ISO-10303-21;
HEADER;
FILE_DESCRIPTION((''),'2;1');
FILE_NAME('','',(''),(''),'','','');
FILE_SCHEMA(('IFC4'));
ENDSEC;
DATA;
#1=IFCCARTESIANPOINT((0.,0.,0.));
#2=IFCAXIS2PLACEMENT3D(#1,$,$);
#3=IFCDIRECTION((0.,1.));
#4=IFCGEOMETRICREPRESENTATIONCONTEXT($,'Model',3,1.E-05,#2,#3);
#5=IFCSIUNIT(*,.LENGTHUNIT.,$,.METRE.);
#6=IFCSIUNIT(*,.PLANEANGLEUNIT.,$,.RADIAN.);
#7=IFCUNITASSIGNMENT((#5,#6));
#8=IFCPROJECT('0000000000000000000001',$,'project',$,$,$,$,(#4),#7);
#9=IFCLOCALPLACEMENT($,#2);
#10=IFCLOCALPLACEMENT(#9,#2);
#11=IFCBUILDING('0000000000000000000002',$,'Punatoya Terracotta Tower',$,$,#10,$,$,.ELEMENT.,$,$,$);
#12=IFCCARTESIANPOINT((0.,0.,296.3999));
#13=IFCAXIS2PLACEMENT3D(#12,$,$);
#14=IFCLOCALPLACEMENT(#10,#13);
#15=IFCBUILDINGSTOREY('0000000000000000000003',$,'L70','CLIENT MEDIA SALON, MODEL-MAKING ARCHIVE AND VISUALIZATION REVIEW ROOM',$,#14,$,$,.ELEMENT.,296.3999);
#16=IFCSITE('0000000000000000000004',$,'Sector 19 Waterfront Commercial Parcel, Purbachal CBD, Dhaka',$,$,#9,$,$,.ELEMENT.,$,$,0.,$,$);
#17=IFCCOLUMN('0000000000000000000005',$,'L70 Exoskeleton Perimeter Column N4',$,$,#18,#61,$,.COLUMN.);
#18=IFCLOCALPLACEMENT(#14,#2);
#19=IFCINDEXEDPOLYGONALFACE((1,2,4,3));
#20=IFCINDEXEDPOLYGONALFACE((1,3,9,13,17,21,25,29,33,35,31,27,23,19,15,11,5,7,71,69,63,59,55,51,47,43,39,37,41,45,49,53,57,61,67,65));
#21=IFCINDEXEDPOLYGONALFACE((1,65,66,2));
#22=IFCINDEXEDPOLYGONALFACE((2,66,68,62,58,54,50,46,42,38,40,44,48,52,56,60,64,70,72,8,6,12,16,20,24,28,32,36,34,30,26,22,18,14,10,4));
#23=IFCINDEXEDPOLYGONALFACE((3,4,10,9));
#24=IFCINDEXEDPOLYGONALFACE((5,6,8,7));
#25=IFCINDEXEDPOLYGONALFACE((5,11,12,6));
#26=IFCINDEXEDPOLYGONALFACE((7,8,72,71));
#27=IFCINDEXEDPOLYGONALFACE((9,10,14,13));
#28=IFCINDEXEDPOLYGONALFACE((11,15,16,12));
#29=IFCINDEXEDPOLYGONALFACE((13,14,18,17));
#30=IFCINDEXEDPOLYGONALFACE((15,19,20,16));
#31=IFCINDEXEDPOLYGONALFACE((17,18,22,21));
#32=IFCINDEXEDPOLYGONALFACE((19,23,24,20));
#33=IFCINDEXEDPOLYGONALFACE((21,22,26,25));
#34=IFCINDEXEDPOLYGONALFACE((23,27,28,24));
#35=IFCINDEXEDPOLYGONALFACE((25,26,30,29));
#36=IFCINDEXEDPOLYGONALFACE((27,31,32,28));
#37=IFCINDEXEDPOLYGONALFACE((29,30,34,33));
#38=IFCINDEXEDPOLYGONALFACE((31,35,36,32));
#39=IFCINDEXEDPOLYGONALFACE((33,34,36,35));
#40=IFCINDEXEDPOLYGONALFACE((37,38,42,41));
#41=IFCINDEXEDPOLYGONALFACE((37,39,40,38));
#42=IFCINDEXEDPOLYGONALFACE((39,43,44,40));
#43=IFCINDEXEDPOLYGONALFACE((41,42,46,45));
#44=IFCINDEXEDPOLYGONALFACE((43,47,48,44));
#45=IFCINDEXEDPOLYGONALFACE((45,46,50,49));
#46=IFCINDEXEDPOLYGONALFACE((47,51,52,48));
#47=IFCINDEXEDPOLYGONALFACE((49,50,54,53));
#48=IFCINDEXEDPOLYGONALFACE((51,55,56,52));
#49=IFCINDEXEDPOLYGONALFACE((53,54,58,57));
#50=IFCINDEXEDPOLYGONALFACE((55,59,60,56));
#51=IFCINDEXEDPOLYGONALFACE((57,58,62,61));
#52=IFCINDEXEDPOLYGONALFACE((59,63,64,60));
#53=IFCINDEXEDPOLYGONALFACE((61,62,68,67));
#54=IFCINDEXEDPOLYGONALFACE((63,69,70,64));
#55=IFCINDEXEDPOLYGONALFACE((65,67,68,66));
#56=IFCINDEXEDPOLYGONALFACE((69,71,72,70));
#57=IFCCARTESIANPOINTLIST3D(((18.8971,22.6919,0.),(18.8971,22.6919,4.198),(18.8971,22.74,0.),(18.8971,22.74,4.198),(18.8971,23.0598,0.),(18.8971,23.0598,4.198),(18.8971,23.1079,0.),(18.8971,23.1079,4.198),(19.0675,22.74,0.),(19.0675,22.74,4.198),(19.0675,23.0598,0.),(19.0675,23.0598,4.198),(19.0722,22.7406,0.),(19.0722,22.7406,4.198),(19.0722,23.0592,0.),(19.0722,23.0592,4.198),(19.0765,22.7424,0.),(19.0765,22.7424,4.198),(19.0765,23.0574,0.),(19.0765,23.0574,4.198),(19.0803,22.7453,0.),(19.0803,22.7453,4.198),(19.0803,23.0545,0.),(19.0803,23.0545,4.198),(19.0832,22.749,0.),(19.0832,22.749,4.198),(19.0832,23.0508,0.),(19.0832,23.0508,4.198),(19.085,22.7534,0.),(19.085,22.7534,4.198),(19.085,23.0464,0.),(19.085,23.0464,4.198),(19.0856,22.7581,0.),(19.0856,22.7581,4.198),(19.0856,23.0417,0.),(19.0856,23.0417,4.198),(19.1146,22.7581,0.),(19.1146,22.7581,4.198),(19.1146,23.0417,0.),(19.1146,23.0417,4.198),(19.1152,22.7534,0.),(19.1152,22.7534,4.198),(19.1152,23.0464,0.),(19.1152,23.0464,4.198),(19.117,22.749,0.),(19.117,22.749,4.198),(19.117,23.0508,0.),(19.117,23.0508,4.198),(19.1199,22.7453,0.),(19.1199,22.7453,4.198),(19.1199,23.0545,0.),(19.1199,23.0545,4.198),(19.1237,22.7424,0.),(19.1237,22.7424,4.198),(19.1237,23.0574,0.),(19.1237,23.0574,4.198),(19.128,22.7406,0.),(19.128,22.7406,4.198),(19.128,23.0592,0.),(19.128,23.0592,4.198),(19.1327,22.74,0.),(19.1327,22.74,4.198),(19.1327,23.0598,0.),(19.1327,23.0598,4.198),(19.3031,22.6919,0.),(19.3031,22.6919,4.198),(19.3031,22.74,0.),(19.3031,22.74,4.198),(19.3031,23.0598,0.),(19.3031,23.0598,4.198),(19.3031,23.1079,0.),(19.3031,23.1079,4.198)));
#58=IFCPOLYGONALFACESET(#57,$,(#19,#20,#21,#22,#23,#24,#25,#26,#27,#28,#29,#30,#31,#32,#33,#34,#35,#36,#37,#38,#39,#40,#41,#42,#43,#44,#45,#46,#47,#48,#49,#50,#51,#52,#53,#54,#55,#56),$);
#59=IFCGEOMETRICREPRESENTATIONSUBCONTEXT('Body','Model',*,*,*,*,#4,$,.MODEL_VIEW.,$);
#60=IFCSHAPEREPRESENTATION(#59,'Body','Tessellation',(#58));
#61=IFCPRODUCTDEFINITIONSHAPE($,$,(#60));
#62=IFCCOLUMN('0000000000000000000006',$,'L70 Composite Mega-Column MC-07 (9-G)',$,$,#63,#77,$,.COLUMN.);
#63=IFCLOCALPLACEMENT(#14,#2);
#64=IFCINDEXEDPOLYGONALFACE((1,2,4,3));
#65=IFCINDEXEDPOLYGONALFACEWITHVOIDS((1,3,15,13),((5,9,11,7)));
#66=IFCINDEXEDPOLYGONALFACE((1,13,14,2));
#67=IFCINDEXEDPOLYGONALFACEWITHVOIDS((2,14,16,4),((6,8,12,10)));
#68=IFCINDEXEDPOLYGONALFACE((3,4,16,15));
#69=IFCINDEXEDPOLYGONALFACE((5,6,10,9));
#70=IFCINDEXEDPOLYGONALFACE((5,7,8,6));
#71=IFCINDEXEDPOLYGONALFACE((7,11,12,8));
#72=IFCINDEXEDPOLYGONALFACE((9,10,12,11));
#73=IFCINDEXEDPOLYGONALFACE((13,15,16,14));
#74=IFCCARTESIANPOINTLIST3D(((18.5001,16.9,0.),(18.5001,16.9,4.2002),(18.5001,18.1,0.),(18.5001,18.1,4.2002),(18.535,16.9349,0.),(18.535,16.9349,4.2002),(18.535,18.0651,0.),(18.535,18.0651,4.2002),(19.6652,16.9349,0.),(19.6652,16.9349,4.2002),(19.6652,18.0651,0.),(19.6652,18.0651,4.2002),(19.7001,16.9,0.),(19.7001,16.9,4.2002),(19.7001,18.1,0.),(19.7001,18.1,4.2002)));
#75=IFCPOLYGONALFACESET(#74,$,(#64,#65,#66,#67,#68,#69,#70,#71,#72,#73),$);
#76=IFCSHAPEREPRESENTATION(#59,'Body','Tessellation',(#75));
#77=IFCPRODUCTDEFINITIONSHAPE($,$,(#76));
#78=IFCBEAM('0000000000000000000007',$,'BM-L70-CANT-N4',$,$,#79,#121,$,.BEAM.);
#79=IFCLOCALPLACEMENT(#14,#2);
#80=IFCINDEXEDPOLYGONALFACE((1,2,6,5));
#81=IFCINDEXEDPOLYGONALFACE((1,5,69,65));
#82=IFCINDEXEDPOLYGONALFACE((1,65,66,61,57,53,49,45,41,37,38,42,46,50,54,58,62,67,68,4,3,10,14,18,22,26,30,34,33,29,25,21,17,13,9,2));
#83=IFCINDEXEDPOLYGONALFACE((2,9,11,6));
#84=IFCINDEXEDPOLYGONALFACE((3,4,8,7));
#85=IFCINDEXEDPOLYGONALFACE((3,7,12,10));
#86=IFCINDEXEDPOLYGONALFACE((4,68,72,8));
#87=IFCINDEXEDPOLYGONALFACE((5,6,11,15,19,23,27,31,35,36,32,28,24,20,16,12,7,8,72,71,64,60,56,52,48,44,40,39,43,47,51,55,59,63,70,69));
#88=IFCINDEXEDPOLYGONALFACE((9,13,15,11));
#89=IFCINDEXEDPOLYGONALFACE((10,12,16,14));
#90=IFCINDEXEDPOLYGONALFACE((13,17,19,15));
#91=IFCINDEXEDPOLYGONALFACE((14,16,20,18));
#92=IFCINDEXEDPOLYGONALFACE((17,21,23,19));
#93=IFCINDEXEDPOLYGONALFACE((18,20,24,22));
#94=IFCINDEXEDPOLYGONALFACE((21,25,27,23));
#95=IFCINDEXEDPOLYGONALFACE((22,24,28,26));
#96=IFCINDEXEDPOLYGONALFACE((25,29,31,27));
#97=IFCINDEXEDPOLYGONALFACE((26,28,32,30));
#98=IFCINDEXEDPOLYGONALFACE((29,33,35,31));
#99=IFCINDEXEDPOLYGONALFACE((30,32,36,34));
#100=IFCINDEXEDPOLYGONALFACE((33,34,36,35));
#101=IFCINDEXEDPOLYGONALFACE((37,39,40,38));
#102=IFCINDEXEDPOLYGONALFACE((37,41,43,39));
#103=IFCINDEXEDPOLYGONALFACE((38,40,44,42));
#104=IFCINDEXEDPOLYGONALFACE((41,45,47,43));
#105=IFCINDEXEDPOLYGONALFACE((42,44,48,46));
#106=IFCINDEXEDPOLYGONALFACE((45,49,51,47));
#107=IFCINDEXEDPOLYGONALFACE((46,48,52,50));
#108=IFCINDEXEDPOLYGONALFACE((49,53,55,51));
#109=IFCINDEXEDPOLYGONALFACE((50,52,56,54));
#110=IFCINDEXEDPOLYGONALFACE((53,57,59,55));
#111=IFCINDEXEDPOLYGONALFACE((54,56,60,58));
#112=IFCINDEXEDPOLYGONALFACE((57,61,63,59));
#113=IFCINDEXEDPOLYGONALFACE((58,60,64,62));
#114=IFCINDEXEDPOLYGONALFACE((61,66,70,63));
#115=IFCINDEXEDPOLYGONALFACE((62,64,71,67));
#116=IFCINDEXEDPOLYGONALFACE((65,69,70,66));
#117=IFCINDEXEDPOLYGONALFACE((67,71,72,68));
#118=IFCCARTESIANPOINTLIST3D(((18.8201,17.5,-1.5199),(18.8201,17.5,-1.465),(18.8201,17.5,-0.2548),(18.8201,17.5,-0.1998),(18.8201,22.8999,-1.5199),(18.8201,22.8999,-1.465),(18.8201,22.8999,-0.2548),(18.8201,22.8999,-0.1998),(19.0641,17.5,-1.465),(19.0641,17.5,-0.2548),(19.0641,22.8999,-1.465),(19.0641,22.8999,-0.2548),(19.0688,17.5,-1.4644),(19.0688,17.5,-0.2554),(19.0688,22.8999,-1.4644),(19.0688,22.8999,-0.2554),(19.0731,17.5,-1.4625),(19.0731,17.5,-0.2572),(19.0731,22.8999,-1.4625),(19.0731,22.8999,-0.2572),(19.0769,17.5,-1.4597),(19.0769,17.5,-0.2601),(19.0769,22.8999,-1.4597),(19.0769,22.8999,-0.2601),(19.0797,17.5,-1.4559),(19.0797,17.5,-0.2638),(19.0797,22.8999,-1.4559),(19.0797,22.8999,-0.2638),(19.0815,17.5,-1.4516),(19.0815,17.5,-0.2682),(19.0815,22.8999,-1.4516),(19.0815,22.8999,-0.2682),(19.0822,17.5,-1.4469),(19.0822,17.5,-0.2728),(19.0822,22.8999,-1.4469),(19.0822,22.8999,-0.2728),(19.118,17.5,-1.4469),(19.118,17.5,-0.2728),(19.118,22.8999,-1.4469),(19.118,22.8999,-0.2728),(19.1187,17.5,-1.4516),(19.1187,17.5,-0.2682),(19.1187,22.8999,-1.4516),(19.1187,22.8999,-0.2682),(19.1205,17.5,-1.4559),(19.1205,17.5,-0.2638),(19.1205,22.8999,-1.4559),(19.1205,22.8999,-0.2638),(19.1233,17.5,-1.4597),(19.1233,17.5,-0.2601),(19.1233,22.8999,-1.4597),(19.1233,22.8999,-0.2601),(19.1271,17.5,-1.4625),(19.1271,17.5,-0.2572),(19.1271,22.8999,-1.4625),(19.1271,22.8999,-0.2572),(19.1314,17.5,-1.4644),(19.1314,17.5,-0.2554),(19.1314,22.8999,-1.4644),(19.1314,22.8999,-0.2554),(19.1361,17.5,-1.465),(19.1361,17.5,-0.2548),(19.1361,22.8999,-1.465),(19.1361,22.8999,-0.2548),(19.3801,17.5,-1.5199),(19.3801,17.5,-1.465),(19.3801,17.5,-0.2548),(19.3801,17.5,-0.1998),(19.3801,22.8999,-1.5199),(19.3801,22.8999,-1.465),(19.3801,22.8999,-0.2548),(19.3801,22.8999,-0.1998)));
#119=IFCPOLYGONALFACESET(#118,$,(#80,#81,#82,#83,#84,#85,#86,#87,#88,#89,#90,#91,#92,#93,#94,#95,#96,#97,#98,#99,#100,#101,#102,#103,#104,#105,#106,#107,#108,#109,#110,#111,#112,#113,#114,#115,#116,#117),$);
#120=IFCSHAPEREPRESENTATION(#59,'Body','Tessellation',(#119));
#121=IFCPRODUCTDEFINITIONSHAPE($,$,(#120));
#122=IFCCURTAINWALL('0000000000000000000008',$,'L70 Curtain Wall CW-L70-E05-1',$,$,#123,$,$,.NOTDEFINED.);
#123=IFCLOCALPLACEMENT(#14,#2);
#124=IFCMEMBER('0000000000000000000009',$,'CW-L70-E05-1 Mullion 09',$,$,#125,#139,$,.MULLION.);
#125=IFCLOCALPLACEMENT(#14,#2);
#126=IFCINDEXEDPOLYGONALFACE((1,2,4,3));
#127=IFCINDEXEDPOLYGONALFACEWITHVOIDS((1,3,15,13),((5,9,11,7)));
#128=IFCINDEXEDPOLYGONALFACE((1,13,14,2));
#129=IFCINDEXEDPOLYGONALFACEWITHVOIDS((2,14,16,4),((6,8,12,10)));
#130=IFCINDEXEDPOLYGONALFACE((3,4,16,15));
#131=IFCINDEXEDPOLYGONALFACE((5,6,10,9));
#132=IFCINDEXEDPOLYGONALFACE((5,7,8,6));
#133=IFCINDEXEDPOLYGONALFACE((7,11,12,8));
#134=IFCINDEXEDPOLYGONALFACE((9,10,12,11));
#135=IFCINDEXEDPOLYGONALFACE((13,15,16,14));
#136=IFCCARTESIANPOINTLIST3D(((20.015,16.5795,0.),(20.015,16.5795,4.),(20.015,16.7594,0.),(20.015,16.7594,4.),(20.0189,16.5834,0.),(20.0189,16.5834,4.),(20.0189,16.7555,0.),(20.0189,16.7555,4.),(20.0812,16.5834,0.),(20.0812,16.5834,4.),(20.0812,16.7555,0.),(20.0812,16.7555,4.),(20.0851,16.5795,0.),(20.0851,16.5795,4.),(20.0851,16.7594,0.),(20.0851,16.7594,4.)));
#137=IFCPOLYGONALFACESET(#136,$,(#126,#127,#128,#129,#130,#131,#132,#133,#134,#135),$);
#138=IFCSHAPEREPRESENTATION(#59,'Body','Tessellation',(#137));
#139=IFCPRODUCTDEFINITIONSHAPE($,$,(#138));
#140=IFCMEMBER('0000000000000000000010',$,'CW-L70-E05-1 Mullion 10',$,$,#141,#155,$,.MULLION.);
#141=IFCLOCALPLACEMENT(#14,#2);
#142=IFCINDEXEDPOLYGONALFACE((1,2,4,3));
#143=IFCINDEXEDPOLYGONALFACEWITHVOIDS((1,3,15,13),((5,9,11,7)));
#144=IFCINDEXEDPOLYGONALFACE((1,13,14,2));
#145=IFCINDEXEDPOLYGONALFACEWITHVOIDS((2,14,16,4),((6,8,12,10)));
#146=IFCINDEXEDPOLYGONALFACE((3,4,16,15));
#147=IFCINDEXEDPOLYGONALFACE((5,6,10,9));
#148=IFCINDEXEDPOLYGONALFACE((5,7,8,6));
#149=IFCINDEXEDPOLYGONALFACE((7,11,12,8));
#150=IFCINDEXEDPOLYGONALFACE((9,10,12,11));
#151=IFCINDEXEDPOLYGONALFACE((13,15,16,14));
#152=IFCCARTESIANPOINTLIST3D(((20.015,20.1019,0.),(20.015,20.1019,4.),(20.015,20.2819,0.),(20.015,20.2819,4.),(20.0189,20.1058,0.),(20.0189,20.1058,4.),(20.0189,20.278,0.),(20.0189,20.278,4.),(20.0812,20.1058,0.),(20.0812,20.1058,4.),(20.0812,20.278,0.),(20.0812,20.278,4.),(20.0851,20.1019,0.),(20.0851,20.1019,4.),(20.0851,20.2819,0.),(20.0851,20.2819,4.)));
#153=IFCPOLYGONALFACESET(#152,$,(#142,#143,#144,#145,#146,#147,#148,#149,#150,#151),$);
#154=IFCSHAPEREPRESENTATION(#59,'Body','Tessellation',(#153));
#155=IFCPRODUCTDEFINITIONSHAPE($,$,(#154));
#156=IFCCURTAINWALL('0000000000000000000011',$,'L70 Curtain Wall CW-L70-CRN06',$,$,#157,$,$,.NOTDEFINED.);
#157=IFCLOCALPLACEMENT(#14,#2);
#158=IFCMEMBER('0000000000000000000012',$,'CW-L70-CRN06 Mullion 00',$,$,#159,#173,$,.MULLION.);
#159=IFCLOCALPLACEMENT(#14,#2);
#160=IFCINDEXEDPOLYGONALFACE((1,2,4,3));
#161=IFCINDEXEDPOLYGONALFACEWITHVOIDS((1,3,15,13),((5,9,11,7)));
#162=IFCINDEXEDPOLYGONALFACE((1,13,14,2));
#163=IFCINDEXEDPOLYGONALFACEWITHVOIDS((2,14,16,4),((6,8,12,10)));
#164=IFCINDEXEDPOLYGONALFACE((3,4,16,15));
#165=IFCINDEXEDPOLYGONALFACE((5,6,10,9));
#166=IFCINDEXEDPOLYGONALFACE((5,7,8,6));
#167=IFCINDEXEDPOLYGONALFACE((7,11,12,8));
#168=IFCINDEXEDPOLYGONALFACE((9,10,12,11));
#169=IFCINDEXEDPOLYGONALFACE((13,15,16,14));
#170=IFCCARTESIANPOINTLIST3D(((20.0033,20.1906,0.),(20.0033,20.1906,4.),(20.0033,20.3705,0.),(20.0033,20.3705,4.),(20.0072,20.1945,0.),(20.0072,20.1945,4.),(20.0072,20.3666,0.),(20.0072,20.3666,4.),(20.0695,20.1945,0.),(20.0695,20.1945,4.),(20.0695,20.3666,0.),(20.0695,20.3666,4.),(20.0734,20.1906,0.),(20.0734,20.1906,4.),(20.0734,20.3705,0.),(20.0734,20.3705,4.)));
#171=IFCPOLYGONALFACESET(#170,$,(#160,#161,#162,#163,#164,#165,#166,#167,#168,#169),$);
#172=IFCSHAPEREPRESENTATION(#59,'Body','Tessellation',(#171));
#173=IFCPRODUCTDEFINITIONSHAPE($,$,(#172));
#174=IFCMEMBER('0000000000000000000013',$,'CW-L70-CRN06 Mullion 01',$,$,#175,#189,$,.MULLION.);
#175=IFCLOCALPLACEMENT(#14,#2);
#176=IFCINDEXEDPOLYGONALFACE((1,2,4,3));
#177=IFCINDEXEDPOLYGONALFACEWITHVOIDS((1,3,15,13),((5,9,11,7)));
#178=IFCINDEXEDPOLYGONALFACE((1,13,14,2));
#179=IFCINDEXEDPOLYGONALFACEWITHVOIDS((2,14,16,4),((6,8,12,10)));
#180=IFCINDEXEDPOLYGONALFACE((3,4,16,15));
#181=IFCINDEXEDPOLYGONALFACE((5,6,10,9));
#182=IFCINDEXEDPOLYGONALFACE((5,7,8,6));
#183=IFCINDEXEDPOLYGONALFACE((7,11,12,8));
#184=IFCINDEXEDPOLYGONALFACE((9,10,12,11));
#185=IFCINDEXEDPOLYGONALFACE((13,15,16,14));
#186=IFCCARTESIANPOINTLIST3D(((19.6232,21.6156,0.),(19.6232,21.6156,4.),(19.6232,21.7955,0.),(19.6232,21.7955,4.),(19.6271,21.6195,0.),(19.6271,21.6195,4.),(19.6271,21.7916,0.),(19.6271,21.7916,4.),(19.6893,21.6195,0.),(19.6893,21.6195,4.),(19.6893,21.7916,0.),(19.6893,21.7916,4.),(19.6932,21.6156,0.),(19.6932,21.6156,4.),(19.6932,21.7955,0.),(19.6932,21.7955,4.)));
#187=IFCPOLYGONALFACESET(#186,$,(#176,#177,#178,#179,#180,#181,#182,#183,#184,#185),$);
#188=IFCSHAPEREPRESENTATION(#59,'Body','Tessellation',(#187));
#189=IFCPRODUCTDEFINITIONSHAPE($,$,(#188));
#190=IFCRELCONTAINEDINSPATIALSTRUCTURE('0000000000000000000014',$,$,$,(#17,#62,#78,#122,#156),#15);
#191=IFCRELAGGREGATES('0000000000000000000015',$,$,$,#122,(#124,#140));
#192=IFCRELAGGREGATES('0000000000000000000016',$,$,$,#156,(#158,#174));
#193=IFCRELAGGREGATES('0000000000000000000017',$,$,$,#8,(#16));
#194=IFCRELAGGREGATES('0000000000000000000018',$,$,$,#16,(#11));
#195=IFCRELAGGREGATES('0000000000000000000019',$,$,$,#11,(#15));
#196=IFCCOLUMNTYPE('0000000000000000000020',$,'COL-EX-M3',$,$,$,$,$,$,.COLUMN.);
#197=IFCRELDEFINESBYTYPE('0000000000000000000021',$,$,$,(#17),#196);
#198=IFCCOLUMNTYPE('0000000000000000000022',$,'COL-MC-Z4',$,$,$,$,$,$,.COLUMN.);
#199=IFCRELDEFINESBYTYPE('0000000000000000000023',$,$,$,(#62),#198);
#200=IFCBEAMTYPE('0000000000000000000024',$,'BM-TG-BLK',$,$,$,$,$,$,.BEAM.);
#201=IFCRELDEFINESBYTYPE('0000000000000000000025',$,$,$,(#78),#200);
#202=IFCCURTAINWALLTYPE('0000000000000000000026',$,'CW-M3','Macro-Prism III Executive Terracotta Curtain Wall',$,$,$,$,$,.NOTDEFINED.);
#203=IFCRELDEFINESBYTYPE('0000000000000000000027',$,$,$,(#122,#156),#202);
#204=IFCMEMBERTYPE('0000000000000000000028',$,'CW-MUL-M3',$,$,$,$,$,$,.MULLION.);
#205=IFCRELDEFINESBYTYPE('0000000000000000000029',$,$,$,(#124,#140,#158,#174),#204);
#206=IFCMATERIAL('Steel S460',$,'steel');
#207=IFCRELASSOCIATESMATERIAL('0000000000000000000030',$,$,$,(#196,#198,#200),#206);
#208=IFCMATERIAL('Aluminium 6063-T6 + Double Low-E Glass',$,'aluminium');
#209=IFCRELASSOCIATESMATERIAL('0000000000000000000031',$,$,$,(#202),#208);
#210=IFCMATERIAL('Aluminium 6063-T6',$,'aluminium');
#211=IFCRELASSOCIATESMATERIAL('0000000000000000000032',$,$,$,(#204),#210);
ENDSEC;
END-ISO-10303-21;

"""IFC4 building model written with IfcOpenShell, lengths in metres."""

from ifc_helpers import new_model, si_unit, direction, frame, origin, origin_2d, place, context, subcontext, project, spatial, hollow_rectangle, i_section, extrude, material, material_profile, profile_set, type_object, element, aggregate, save


model = new_model("IFC4")

# Units and contexts
model_context = context("Model", 3, precision=1e-05, world=origin(), true_north=direction((0.0, 1.0)))
body_context = subcontext(model_context, "Body", "Model", "MODEL_VIEW")
ifc_project = project(units=[si_unit("LENGTHUNIT", "METRE"), si_unit("PLANEANGLEUNIT", "RADIAN")], contexts=[model_context])

# Site, building, storey
site_placement = place(None, origin())
site = spatial("IfcSite", under=ifc_project, at=site_placement, Name="Sector 19 Waterfront Commercial Parcel, Purbachal CBD, Dhaka", CompositionType="ELEMENT", RefElevation=0.0)
building_placement = place(site_placement, origin())
building = spatial("IfcBuilding", under=site, at=building_placement, Name="Punatoya Terracotta Tower", CompositionType="ELEMENT")
storey_placement = place(building_placement, frame((0.0, 0.0, 296.3999)))
storey = spatial("IfcBuildingStorey", under=building, at=storey_placement, Name="L70", Description="CLIENT MEDIA SALON, MODEL-MAKING ARCHIVE AND VISUALIZATION REVIEW ROOM", CompositionType="ELEMENT", Elevation=296.3999)

# Columns
ifc_material_1 = material(Name="Steel S460", Category="steel")
ifc_material_profile_1 = material_profile(ifc_material_1, i_section(OverallWidth=0.406, OverallDepth=0.416, WebThickness=0.0291, FlangeThickness=0.0481, FilletRadius=0.0181, at=origin_2d()))
ifc_profile_set_1 = profile_set([ifc_material_profile_1], Name="Steel S460")
column_type_1 = type_object("IfcColumnType", Name="COL-EX-M3", PredefinedType="COLUMN", material=ifc_profile_set_1)
column_1_placement = place(storey_placement, frame((19.1001, 22.8999, 0.0), z_axis=(0.0, 0.0, 1.0), x_axis=(1.0, 0.0, 0.0)))
element("IfcColumn", 1, at=column_1_placement, inside=storey, type_object=column_type_1, Name="L70 Exoskeleton Perimeter Column N4", PredefinedType="COLUMN", context=body_context, shape_type="SweptSolid", body=[
    extrude(i_section(OverallWidth=0.406, OverallDepth=0.416, WebThickness=0.0291, FlangeThickness=0.0481, FilletRadius=0.0181, at=origin_2d()), origin(), (0.0, 0.0, 1.0), 4.198),
])
ifc_material_profile_2 = material_profile(ifc_material_1, hollow_rectangle(XDim=1.2, YDim=1.2, WallThickness=0.0349, at=origin_2d()))
ifc_profile_set_2 = profile_set([ifc_material_profile_2], Name="Steel S460")
column_type_2 = type_object("IfcColumnType", Name="COL-MC-Z4", PredefinedType="COLUMN", material=ifc_profile_set_2)
column_2_placement = place(storey_placement, frame((19.1001, 17.5, 0.0), z_axis=(0.0, 0.0, 1.0), x_axis=(1.0, 0.0, 0.0)))
element("IfcColumn", 2, at=column_2_placement, inside=storey, type_object=column_type_2, Name="L70 Composite Mega-Column MC-07 (9-G)", PredefinedType="COLUMN", context=body_context, shape_type="SweptSolid", body=[
    extrude(hollow_rectangle(XDim=1.2, YDim=1.2, WallThickness=0.0349, at=origin_2d()), origin(), (0.0, 0.0, 1.0), 4.2002),
])

# Beam
ifc_material_profile_3 = material_profile(ifc_material_1, i_section(OverallWidth=0.5601, OverallDepth=1.3201, WebThickness=0.0359, FlangeThickness=0.0549, FilletRadius=0.0181, at=origin_2d()))
ifc_profile_set_3 = profile_set([ifc_material_profile_3], Name="Steel S460")
beam_type = type_object("IfcBeamType", Name="BM-TG-BLK", PredefinedType="BEAM", material=ifc_profile_set_3)
beam_placement = place(storey_placement, frame((19.1001, 17.5, -0.8599), z_axis=(0.0, 1.0, 0.0), x_axis=(-1.0, 0.0, 0.0)))
element("IfcBeam", 3, at=beam_placement, inside=storey, type_object=beam_type, Name="BM-L70-CANT-N4", PredefinedType="BEAM", context=body_context, shape_type="SweptSolid", body=[
    extrude(i_section(OverallWidth=0.5601, OverallDepth=1.3201, WebThickness=0.0359, FlangeThickness=0.0549, FilletRadius=0.0181, at=origin_2d()), origin(), (0.0, 0.0, 1.0), 5.3999),
])

# Curtain walls, members
ifc_material_2 = material(Name="Aluminium 6063-T6 + Double Low-E Glass", Category="aluminium")
curtain_wall_type = type_object("IfcCurtainWallType", Name="CW-M3", Description="Macro-Prism III Executive Terracotta Curtain Wall", PredefinedType="NOTDEFINED", material=ifc_material_2)
curtain_wall_1_placement = place(storey_placement, origin())
curtain_wall_1 = element("IfcCurtainWall", 4, at=curtain_wall_1_placement, inside=storey, type_object=curtain_wall_type, Name="L70 Curtain Wall CW-L70-E05-1", PredefinedType="NOTDEFINED")
ifc_material_3 = material(Name="Aluminium 6063-T6", Category="aluminium")
ifc_material_profile_4 = material_profile(ifc_material_3, hollow_rectangle(XDim=0.0701, YDim=0.1799, WallThickness=0.0039, at=origin_2d()))
ifc_profile_set_4 = profile_set([ifc_material_profile_4], Name="Aluminium 6063-T6")
member_type_1 = type_object("IfcMemberType", Name="CW-MUL-M3", PredefinedType="MULLION", material=ifc_profile_set_4)
member_1_placement = place(storey_placement, frame((20.05, 16.6694, 0.0), z_axis=(0.0, 0.0, 1.0), x_axis=(1.0, 0.0, 0.0)))
member_1 = element("IfcMember", 5, at=member_1_placement, type_object=member_type_1, Name="CW-L70-E05-1 Mullion 09", PredefinedType="MULLION", context=body_context, shape_type="SweptSolid", body=[
    extrude(hollow_rectangle(XDim=0.0701, YDim=0.1799, WallThickness=0.0039, at=origin_2d()), origin(), (0.0, 0.0, 1.0), 4.0),
])
member_2_placement = place(storey_placement, frame((20.05, 20.1919, 0.0), z_axis=(0.0, 0.0, 1.0), x_axis=(1.0, 0.0, 0.0)))
member_2 = element("IfcMember", 6, at=member_2_placement, type_object=member_type_1, Name="CW-L70-E05-1 Mullion 10", PredefinedType="MULLION", context=body_context, shape_type="SweptSolid", body=[
    extrude(hollow_rectangle(XDim=0.0701, YDim=0.1799, WallThickness=0.0039, at=origin_2d()), origin(), (0.0, 0.0, 1.0), 4.0),
])
curtain_wall_2_placement = place(storey_placement, origin())
curtain_wall_2 = element("IfcCurtainWall", 7, at=curtain_wall_2_placement, inside=storey, type_object=curtain_wall_type, Name="L70 Curtain Wall CW-L70-CRN06", PredefinedType="NOTDEFINED")
member_3_placement = place(storey_placement, frame((20.0383, 20.2805, 0.0), z_axis=(0.0, 0.0, 1.0), x_axis=(1.0, 0.0, 0.0)))
member_3 = element("IfcMember", 8, at=member_3_placement, type_object=member_type_1, Name="CW-L70-CRN06 Mullion 00", PredefinedType="MULLION", context=body_context, shape_type="SweptSolid", body=[
    extrude(hollow_rectangle(XDim=0.0701, YDim=0.1799, WallThickness=0.0039, at=origin_2d()), origin(), (0.0, 0.0, 1.0), 4.0),
])
member_4_placement = place(storey_placement, frame((19.6582, 21.7056, 0.0), z_axis=(0.0, 0.0, 1.0), x_axis=(1.0, 0.0, 0.0)))
member_4 = element("IfcMember", 9, at=member_4_placement, type_object=member_type_1, Name="CW-L70-CRN06 Mullion 01", PredefinedType="MULLION", context=body_context, shape_type="SweptSolid", body=[
    extrude(hollow_rectangle(XDim=0.0701, YDim=0.1799, WallThickness=0.0039, at=origin_2d()), origin(), (0.0, 0.0, 1.0), 4.0),
])

aggregate(curtain_wall_1, [member_1, member_2])
aggregate(curtain_wall_2, [member_3, member_4])

save(model, "model.ifc")
